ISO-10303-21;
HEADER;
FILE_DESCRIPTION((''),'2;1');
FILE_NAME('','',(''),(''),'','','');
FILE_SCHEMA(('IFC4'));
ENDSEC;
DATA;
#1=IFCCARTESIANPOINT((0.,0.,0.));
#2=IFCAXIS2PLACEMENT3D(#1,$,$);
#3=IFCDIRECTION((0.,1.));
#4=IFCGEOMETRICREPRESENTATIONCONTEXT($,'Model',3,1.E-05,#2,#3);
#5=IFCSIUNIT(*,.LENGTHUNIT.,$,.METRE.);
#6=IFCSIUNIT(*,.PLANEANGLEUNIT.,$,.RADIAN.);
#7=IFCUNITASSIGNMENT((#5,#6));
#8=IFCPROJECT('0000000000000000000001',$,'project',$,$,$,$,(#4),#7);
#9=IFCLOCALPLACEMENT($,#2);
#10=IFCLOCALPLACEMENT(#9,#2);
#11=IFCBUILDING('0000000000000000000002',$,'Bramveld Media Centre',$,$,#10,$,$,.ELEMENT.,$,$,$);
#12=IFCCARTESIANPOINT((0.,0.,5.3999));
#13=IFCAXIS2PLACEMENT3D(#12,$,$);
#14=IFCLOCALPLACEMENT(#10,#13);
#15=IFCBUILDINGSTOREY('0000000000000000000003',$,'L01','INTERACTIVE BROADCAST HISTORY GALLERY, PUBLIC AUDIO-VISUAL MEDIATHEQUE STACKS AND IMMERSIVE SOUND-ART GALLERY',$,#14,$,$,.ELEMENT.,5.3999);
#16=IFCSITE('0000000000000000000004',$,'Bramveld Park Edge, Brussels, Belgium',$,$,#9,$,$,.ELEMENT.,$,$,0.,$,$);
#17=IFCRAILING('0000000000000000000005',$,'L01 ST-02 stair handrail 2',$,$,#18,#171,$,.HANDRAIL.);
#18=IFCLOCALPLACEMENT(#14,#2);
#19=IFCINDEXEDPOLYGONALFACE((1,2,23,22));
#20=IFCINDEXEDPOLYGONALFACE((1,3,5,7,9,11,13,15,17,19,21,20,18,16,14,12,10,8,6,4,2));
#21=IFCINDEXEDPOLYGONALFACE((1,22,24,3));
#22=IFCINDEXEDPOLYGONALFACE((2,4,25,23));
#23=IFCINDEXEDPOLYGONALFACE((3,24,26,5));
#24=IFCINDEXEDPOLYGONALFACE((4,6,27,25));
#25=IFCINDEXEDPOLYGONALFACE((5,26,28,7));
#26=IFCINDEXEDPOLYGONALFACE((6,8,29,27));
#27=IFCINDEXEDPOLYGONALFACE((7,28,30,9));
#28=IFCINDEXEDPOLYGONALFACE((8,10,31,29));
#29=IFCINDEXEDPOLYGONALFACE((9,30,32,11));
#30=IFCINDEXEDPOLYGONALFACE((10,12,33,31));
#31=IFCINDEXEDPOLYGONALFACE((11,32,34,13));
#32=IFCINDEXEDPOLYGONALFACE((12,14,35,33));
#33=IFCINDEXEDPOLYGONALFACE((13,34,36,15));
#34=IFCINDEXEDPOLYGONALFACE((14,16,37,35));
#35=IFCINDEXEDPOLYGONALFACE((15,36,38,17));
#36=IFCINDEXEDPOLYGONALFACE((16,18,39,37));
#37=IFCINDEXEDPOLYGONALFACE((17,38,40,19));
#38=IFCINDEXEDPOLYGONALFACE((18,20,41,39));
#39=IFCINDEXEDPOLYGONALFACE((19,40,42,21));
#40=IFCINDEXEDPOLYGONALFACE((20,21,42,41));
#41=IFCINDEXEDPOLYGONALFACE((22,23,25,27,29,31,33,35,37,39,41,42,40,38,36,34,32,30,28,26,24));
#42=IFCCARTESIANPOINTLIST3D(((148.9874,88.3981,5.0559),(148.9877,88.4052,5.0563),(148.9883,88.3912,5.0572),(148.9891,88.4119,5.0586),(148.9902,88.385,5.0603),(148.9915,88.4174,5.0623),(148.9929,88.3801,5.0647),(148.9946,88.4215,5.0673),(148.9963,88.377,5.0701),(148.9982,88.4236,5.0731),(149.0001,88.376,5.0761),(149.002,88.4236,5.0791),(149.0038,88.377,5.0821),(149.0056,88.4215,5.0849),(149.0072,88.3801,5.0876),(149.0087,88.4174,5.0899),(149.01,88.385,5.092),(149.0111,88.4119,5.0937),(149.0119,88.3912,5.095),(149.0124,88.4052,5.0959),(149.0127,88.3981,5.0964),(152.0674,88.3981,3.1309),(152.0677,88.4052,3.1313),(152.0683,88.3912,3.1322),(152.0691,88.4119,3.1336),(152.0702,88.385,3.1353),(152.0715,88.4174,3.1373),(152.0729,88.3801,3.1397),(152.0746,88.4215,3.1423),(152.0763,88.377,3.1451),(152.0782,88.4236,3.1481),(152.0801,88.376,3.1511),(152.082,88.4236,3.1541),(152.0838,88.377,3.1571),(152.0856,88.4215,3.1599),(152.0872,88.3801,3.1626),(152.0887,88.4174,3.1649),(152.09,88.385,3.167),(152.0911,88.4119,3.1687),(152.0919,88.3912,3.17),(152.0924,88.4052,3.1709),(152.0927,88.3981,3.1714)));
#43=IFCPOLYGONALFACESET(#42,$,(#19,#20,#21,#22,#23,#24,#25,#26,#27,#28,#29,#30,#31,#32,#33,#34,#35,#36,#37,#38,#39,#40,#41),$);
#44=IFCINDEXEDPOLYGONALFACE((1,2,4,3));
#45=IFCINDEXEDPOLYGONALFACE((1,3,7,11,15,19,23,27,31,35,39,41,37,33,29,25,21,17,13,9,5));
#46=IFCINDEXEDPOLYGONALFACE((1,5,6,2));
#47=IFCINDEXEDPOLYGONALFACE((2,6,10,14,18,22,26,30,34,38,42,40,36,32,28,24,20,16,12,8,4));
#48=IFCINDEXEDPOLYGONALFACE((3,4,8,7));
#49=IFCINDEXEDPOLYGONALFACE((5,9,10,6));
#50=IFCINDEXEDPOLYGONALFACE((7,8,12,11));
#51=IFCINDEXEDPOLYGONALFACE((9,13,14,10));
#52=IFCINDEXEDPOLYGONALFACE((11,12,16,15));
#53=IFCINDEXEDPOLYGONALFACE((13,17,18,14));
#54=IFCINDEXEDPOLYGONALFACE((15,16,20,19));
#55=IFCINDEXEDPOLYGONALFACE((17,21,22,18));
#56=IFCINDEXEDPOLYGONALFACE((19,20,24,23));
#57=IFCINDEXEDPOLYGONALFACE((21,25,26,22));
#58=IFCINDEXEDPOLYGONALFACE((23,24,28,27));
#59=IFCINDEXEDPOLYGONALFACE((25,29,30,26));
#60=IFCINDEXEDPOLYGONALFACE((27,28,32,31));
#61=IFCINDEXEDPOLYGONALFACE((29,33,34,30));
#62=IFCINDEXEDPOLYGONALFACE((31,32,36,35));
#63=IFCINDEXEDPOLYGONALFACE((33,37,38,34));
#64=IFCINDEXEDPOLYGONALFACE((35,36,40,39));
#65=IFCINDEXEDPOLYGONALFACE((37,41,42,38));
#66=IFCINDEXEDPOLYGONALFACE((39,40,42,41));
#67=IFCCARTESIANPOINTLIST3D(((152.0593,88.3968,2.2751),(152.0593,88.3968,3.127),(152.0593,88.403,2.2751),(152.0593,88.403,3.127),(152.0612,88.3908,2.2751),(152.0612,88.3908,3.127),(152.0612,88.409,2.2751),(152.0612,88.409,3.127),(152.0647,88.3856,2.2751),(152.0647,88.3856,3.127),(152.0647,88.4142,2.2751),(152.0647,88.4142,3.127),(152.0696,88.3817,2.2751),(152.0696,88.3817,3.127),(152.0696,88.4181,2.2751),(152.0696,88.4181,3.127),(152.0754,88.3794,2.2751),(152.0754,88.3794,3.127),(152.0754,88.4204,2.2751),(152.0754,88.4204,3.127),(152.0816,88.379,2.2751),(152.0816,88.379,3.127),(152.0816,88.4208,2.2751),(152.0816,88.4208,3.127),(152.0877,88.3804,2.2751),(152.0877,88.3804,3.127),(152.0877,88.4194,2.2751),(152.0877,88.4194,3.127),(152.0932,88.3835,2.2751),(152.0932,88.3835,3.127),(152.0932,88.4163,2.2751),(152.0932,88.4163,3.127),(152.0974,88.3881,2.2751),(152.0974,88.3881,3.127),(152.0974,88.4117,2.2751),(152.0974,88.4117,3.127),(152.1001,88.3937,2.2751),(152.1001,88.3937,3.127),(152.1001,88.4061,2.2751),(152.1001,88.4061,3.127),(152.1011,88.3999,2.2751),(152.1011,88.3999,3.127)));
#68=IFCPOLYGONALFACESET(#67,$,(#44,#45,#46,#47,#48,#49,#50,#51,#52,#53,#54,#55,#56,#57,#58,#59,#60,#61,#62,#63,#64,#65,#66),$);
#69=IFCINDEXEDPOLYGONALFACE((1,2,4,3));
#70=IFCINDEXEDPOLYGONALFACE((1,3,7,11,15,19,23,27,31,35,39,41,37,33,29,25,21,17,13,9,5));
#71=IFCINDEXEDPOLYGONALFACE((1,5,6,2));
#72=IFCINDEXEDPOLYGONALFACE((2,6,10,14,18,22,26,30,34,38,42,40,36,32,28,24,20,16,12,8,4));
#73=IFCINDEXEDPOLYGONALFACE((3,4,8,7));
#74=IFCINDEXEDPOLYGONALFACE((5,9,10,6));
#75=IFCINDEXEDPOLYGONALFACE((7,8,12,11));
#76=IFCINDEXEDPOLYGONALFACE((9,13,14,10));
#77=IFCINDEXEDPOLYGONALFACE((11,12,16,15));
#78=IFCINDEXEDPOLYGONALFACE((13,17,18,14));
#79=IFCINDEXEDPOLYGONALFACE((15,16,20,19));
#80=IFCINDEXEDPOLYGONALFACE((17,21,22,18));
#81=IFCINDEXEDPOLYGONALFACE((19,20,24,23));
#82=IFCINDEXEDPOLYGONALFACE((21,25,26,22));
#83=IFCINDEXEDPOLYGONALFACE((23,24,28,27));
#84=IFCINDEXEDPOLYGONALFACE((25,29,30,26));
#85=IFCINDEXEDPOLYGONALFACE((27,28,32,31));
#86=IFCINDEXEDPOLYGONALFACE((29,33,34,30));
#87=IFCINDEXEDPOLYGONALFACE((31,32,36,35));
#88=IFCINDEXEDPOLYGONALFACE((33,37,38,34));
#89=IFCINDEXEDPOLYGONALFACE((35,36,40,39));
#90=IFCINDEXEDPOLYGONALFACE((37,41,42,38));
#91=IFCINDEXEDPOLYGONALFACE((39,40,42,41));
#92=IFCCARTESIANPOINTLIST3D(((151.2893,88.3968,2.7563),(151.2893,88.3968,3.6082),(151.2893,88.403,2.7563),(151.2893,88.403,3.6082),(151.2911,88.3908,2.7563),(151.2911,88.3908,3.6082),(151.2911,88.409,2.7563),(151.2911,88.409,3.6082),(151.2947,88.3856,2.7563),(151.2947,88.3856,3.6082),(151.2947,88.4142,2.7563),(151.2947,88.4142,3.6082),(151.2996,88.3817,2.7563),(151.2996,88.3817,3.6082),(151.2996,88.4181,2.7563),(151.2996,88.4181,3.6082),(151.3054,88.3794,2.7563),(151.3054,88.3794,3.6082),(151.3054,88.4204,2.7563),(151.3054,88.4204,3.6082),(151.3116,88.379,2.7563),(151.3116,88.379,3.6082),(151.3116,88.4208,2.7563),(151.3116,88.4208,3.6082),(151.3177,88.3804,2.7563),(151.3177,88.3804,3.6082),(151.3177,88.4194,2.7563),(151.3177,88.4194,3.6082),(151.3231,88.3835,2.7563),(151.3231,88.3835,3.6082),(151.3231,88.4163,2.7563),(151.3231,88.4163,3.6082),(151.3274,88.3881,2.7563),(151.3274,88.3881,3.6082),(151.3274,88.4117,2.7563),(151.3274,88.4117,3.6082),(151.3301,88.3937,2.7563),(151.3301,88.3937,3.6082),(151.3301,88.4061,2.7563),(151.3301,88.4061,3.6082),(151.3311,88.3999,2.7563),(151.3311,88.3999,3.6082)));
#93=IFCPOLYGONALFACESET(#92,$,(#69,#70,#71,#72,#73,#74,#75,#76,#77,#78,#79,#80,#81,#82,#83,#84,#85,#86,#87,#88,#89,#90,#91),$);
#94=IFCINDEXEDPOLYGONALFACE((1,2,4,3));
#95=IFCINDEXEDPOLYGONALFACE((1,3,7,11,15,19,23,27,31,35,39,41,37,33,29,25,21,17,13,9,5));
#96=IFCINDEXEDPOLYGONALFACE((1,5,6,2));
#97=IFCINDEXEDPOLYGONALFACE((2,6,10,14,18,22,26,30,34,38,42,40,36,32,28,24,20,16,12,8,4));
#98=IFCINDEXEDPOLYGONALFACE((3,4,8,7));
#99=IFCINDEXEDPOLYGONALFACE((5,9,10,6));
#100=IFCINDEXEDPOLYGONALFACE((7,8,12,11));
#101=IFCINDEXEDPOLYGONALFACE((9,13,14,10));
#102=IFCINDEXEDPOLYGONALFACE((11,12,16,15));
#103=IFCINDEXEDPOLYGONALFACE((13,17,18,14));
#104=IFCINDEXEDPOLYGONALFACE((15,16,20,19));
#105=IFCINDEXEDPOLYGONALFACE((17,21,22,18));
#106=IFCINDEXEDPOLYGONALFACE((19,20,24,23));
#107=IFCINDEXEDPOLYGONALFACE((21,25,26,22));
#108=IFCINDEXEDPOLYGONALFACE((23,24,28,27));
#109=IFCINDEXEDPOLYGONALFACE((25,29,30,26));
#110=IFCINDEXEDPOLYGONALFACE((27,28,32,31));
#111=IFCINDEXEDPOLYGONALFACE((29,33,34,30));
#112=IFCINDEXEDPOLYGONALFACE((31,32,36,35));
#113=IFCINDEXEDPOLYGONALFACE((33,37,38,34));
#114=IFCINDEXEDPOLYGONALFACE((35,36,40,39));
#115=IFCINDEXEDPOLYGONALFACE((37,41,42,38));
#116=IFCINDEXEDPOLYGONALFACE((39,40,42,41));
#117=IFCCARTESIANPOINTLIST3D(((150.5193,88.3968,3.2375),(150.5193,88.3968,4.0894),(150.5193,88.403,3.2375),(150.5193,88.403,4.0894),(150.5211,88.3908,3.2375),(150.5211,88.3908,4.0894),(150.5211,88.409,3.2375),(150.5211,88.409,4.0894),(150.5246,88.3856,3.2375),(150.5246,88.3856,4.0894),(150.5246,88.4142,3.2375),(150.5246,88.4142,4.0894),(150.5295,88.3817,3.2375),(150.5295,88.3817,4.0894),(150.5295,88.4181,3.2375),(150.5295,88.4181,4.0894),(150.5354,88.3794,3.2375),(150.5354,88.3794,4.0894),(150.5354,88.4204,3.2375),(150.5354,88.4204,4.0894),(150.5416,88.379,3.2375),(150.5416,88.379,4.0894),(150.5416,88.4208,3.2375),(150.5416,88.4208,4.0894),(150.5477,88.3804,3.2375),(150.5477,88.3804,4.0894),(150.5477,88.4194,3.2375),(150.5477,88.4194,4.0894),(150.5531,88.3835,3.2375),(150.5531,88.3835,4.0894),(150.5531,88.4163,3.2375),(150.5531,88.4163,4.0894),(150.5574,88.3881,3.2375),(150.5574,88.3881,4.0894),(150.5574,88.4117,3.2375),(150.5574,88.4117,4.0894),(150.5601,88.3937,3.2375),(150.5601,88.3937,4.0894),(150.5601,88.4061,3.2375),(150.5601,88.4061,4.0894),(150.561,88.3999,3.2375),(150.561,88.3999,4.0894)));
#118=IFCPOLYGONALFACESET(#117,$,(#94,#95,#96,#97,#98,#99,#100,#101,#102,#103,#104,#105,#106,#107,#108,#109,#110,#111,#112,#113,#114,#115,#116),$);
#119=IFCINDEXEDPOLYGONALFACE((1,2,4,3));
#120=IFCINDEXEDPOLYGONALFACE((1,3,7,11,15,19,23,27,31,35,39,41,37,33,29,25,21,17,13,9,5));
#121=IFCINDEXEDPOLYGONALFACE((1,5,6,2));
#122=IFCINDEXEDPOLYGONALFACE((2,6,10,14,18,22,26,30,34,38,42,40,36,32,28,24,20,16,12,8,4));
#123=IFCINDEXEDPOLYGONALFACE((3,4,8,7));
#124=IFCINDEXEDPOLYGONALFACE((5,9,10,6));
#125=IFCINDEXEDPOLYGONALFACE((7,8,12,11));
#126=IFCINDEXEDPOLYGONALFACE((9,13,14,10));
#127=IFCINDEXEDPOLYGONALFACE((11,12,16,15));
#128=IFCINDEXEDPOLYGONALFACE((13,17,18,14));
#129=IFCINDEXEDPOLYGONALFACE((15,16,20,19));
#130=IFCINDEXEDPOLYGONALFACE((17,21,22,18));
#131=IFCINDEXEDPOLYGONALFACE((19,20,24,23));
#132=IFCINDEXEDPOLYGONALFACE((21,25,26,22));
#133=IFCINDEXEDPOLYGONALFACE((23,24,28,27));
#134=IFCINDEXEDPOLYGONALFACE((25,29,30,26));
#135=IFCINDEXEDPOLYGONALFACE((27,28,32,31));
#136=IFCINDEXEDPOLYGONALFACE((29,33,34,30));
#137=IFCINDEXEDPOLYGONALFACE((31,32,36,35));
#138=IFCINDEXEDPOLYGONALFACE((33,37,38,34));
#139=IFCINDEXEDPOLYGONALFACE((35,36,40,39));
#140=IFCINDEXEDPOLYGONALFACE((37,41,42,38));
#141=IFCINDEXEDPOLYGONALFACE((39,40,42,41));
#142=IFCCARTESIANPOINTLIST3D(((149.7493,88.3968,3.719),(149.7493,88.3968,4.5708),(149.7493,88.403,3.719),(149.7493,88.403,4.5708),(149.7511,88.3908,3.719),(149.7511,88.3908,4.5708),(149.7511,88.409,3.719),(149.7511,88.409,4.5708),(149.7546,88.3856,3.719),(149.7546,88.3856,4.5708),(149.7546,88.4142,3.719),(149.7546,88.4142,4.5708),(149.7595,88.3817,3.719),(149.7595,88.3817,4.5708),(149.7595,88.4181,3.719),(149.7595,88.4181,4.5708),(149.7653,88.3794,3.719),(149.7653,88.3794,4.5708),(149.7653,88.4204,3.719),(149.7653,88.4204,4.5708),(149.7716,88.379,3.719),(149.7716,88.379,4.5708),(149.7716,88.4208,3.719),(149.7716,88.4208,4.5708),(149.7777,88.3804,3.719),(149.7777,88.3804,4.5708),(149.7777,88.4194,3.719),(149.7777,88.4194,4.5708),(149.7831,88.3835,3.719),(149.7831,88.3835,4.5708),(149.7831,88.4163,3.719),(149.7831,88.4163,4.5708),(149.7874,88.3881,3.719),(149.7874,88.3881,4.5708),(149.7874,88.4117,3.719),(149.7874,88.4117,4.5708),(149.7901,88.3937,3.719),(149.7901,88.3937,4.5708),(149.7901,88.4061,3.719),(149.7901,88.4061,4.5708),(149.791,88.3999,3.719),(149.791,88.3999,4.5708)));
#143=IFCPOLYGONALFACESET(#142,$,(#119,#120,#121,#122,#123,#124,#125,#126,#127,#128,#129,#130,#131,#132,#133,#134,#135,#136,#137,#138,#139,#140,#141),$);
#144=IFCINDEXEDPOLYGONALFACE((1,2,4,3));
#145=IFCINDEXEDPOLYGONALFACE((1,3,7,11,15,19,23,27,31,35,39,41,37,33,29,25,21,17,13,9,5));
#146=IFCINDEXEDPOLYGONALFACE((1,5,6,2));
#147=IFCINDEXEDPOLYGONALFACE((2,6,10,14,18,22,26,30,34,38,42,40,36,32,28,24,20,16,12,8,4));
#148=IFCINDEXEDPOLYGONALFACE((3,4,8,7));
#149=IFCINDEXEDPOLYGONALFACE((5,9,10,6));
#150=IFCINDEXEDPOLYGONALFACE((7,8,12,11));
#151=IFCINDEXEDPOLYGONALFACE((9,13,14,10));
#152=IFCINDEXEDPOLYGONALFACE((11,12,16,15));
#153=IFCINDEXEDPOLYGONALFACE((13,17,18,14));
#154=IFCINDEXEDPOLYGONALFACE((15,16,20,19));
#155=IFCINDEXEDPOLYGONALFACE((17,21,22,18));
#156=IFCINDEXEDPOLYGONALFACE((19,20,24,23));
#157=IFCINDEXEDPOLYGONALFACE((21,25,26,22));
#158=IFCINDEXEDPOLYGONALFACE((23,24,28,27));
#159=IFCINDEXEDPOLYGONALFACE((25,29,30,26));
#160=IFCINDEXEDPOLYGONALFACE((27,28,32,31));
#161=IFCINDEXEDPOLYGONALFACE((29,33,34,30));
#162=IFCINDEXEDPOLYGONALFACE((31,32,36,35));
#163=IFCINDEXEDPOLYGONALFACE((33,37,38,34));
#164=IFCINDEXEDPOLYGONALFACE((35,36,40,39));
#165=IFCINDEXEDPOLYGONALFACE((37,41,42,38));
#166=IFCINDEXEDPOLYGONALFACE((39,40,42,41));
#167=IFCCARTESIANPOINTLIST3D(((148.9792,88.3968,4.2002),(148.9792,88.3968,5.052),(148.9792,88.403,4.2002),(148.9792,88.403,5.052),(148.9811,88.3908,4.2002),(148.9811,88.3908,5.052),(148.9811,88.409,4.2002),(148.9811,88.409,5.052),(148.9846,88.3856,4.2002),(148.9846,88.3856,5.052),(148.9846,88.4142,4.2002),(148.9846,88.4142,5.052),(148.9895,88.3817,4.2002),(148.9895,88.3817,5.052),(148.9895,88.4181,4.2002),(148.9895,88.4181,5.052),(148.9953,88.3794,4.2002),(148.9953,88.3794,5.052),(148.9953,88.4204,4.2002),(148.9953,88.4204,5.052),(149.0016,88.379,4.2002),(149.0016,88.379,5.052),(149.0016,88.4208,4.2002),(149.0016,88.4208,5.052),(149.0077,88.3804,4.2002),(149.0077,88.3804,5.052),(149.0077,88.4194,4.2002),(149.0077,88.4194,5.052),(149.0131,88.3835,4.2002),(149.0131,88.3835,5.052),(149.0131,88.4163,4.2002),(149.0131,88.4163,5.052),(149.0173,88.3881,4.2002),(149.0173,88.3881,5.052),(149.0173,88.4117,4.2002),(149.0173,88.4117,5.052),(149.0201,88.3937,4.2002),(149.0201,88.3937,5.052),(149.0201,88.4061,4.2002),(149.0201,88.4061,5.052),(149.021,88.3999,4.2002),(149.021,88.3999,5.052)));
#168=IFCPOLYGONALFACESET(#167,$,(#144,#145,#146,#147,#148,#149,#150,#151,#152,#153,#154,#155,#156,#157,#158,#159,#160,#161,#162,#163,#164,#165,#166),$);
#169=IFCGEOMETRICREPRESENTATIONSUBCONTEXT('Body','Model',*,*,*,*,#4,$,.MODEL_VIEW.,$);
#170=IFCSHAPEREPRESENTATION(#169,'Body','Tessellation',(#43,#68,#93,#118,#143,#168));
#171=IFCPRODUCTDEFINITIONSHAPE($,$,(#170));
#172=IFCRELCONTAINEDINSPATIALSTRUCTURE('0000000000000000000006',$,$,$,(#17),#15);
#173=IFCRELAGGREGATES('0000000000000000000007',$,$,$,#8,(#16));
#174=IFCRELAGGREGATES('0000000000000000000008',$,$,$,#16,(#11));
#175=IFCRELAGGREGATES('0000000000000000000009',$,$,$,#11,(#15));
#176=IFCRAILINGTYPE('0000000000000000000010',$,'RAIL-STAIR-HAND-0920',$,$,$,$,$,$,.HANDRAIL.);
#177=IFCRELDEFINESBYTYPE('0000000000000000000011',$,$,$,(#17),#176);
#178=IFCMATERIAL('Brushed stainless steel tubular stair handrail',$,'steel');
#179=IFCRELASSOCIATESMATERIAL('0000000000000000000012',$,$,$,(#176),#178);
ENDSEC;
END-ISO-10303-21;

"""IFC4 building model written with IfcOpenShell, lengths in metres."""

from ifc_helpers import new_model, si_unit, direction, frame, origin, origin_2d, place, context, subcontext, project, spatial, circle, extrude, material, type_object, element, save


model = new_model("IFC4")

# Units and contexts
model_context = context("Model", 3, precision=1e-05, world=origin(), true_north=direction((0.0, 1.0)))
body_context = subcontext(model_context, "Body", "Model", "MODEL_VIEW")
ifc_project = project(units=[si_unit("LENGTHUNIT", "METRE"), si_unit("PLANEANGLEUNIT", "RADIAN")], contexts=[model_context])

# Site, building, storey
site_placement = place(None, origin())
site = spatial("IfcSite", under=ifc_project, at=site_placement, Name="Bramveld Park Edge, Brussels, Belgium", CompositionType="ELEMENT", RefElevation=0.0)
building_placement = place(site_placement, origin())
building = spatial("IfcBuilding", under=site, at=building_placement, Name="Bramveld Media Centre", CompositionType="ELEMENT")
storey_placement = place(building_placement, frame((0.0, 0.0, 5.3999)))
storey = spatial("IfcBuildingStorey", under=building, at=storey_placement, Name="L01", Description="INTERACTIVE BROADCAST HISTORY GALLERY, PUBLIC AUDIO-VISUAL MEDIATHEQUE STACKS AND IMMERSIVE SOUND-ART GALLERY", CompositionType="ELEMENT", Elevation=5.3999)

# Railing
ifc_material_1 = material(Name="Brushed stainless steel tubular stair handrail", Category="steel")
railing_type_1 = type_object("IfcRailingType", Name="RAIL-STAIR-HAND-0920", PredefinedType="HANDRAIL", material=ifc_material_1)
railing_1_placement = place(storey_placement, frame((152.0801, 88.3999, 2.2751)))
element("IfcRailing", 1, at=railing_1_placement, inside=storey, type_object=railing_type_1, Name="L01 ST-02 stair handrail 2", PredefinedType="HANDRAIL", context=body_context, shape_type="SweptSolid", body=[
    extrude(circle(Radius=0.0239, at=origin_2d()), frame((0.0, 0.0, 0.876), z_axis=(-0.847998, 0.0, 0.529999), x_axis=(0.0, -1.0, 0.0)), (0.0, 0.0, 1.0), 3.6321),
    extrude(circle(Radius=0.021, at=origin_2d()), origin(), (0.0, 0.0, 1.0), 0.8518),
    extrude(circle(Radius=0.021, at=origin_2d()), frame((-0.77, 0.0, 0.4812)), (0.0, 0.0, 1.0), 0.8518),
    extrude(circle(Radius=0.021, at=origin_2d()), frame((-1.54, 0.0, 0.9624)), (0.0, 0.0, 1.0), 0.8518),
    extrude(circle(Radius=0.021, at=origin_2d()), frame((-2.3101, 0.0, 1.4438)), (0.0, 0.0, 1.0), 0.8518),
    extrude(circle(Radius=0.021, at=origin_2d()), frame((-3.0801, 0.0, 1.925)), (0.0, 0.0, 1.0), 0.8518),
])

save(model, "model.ifc")
